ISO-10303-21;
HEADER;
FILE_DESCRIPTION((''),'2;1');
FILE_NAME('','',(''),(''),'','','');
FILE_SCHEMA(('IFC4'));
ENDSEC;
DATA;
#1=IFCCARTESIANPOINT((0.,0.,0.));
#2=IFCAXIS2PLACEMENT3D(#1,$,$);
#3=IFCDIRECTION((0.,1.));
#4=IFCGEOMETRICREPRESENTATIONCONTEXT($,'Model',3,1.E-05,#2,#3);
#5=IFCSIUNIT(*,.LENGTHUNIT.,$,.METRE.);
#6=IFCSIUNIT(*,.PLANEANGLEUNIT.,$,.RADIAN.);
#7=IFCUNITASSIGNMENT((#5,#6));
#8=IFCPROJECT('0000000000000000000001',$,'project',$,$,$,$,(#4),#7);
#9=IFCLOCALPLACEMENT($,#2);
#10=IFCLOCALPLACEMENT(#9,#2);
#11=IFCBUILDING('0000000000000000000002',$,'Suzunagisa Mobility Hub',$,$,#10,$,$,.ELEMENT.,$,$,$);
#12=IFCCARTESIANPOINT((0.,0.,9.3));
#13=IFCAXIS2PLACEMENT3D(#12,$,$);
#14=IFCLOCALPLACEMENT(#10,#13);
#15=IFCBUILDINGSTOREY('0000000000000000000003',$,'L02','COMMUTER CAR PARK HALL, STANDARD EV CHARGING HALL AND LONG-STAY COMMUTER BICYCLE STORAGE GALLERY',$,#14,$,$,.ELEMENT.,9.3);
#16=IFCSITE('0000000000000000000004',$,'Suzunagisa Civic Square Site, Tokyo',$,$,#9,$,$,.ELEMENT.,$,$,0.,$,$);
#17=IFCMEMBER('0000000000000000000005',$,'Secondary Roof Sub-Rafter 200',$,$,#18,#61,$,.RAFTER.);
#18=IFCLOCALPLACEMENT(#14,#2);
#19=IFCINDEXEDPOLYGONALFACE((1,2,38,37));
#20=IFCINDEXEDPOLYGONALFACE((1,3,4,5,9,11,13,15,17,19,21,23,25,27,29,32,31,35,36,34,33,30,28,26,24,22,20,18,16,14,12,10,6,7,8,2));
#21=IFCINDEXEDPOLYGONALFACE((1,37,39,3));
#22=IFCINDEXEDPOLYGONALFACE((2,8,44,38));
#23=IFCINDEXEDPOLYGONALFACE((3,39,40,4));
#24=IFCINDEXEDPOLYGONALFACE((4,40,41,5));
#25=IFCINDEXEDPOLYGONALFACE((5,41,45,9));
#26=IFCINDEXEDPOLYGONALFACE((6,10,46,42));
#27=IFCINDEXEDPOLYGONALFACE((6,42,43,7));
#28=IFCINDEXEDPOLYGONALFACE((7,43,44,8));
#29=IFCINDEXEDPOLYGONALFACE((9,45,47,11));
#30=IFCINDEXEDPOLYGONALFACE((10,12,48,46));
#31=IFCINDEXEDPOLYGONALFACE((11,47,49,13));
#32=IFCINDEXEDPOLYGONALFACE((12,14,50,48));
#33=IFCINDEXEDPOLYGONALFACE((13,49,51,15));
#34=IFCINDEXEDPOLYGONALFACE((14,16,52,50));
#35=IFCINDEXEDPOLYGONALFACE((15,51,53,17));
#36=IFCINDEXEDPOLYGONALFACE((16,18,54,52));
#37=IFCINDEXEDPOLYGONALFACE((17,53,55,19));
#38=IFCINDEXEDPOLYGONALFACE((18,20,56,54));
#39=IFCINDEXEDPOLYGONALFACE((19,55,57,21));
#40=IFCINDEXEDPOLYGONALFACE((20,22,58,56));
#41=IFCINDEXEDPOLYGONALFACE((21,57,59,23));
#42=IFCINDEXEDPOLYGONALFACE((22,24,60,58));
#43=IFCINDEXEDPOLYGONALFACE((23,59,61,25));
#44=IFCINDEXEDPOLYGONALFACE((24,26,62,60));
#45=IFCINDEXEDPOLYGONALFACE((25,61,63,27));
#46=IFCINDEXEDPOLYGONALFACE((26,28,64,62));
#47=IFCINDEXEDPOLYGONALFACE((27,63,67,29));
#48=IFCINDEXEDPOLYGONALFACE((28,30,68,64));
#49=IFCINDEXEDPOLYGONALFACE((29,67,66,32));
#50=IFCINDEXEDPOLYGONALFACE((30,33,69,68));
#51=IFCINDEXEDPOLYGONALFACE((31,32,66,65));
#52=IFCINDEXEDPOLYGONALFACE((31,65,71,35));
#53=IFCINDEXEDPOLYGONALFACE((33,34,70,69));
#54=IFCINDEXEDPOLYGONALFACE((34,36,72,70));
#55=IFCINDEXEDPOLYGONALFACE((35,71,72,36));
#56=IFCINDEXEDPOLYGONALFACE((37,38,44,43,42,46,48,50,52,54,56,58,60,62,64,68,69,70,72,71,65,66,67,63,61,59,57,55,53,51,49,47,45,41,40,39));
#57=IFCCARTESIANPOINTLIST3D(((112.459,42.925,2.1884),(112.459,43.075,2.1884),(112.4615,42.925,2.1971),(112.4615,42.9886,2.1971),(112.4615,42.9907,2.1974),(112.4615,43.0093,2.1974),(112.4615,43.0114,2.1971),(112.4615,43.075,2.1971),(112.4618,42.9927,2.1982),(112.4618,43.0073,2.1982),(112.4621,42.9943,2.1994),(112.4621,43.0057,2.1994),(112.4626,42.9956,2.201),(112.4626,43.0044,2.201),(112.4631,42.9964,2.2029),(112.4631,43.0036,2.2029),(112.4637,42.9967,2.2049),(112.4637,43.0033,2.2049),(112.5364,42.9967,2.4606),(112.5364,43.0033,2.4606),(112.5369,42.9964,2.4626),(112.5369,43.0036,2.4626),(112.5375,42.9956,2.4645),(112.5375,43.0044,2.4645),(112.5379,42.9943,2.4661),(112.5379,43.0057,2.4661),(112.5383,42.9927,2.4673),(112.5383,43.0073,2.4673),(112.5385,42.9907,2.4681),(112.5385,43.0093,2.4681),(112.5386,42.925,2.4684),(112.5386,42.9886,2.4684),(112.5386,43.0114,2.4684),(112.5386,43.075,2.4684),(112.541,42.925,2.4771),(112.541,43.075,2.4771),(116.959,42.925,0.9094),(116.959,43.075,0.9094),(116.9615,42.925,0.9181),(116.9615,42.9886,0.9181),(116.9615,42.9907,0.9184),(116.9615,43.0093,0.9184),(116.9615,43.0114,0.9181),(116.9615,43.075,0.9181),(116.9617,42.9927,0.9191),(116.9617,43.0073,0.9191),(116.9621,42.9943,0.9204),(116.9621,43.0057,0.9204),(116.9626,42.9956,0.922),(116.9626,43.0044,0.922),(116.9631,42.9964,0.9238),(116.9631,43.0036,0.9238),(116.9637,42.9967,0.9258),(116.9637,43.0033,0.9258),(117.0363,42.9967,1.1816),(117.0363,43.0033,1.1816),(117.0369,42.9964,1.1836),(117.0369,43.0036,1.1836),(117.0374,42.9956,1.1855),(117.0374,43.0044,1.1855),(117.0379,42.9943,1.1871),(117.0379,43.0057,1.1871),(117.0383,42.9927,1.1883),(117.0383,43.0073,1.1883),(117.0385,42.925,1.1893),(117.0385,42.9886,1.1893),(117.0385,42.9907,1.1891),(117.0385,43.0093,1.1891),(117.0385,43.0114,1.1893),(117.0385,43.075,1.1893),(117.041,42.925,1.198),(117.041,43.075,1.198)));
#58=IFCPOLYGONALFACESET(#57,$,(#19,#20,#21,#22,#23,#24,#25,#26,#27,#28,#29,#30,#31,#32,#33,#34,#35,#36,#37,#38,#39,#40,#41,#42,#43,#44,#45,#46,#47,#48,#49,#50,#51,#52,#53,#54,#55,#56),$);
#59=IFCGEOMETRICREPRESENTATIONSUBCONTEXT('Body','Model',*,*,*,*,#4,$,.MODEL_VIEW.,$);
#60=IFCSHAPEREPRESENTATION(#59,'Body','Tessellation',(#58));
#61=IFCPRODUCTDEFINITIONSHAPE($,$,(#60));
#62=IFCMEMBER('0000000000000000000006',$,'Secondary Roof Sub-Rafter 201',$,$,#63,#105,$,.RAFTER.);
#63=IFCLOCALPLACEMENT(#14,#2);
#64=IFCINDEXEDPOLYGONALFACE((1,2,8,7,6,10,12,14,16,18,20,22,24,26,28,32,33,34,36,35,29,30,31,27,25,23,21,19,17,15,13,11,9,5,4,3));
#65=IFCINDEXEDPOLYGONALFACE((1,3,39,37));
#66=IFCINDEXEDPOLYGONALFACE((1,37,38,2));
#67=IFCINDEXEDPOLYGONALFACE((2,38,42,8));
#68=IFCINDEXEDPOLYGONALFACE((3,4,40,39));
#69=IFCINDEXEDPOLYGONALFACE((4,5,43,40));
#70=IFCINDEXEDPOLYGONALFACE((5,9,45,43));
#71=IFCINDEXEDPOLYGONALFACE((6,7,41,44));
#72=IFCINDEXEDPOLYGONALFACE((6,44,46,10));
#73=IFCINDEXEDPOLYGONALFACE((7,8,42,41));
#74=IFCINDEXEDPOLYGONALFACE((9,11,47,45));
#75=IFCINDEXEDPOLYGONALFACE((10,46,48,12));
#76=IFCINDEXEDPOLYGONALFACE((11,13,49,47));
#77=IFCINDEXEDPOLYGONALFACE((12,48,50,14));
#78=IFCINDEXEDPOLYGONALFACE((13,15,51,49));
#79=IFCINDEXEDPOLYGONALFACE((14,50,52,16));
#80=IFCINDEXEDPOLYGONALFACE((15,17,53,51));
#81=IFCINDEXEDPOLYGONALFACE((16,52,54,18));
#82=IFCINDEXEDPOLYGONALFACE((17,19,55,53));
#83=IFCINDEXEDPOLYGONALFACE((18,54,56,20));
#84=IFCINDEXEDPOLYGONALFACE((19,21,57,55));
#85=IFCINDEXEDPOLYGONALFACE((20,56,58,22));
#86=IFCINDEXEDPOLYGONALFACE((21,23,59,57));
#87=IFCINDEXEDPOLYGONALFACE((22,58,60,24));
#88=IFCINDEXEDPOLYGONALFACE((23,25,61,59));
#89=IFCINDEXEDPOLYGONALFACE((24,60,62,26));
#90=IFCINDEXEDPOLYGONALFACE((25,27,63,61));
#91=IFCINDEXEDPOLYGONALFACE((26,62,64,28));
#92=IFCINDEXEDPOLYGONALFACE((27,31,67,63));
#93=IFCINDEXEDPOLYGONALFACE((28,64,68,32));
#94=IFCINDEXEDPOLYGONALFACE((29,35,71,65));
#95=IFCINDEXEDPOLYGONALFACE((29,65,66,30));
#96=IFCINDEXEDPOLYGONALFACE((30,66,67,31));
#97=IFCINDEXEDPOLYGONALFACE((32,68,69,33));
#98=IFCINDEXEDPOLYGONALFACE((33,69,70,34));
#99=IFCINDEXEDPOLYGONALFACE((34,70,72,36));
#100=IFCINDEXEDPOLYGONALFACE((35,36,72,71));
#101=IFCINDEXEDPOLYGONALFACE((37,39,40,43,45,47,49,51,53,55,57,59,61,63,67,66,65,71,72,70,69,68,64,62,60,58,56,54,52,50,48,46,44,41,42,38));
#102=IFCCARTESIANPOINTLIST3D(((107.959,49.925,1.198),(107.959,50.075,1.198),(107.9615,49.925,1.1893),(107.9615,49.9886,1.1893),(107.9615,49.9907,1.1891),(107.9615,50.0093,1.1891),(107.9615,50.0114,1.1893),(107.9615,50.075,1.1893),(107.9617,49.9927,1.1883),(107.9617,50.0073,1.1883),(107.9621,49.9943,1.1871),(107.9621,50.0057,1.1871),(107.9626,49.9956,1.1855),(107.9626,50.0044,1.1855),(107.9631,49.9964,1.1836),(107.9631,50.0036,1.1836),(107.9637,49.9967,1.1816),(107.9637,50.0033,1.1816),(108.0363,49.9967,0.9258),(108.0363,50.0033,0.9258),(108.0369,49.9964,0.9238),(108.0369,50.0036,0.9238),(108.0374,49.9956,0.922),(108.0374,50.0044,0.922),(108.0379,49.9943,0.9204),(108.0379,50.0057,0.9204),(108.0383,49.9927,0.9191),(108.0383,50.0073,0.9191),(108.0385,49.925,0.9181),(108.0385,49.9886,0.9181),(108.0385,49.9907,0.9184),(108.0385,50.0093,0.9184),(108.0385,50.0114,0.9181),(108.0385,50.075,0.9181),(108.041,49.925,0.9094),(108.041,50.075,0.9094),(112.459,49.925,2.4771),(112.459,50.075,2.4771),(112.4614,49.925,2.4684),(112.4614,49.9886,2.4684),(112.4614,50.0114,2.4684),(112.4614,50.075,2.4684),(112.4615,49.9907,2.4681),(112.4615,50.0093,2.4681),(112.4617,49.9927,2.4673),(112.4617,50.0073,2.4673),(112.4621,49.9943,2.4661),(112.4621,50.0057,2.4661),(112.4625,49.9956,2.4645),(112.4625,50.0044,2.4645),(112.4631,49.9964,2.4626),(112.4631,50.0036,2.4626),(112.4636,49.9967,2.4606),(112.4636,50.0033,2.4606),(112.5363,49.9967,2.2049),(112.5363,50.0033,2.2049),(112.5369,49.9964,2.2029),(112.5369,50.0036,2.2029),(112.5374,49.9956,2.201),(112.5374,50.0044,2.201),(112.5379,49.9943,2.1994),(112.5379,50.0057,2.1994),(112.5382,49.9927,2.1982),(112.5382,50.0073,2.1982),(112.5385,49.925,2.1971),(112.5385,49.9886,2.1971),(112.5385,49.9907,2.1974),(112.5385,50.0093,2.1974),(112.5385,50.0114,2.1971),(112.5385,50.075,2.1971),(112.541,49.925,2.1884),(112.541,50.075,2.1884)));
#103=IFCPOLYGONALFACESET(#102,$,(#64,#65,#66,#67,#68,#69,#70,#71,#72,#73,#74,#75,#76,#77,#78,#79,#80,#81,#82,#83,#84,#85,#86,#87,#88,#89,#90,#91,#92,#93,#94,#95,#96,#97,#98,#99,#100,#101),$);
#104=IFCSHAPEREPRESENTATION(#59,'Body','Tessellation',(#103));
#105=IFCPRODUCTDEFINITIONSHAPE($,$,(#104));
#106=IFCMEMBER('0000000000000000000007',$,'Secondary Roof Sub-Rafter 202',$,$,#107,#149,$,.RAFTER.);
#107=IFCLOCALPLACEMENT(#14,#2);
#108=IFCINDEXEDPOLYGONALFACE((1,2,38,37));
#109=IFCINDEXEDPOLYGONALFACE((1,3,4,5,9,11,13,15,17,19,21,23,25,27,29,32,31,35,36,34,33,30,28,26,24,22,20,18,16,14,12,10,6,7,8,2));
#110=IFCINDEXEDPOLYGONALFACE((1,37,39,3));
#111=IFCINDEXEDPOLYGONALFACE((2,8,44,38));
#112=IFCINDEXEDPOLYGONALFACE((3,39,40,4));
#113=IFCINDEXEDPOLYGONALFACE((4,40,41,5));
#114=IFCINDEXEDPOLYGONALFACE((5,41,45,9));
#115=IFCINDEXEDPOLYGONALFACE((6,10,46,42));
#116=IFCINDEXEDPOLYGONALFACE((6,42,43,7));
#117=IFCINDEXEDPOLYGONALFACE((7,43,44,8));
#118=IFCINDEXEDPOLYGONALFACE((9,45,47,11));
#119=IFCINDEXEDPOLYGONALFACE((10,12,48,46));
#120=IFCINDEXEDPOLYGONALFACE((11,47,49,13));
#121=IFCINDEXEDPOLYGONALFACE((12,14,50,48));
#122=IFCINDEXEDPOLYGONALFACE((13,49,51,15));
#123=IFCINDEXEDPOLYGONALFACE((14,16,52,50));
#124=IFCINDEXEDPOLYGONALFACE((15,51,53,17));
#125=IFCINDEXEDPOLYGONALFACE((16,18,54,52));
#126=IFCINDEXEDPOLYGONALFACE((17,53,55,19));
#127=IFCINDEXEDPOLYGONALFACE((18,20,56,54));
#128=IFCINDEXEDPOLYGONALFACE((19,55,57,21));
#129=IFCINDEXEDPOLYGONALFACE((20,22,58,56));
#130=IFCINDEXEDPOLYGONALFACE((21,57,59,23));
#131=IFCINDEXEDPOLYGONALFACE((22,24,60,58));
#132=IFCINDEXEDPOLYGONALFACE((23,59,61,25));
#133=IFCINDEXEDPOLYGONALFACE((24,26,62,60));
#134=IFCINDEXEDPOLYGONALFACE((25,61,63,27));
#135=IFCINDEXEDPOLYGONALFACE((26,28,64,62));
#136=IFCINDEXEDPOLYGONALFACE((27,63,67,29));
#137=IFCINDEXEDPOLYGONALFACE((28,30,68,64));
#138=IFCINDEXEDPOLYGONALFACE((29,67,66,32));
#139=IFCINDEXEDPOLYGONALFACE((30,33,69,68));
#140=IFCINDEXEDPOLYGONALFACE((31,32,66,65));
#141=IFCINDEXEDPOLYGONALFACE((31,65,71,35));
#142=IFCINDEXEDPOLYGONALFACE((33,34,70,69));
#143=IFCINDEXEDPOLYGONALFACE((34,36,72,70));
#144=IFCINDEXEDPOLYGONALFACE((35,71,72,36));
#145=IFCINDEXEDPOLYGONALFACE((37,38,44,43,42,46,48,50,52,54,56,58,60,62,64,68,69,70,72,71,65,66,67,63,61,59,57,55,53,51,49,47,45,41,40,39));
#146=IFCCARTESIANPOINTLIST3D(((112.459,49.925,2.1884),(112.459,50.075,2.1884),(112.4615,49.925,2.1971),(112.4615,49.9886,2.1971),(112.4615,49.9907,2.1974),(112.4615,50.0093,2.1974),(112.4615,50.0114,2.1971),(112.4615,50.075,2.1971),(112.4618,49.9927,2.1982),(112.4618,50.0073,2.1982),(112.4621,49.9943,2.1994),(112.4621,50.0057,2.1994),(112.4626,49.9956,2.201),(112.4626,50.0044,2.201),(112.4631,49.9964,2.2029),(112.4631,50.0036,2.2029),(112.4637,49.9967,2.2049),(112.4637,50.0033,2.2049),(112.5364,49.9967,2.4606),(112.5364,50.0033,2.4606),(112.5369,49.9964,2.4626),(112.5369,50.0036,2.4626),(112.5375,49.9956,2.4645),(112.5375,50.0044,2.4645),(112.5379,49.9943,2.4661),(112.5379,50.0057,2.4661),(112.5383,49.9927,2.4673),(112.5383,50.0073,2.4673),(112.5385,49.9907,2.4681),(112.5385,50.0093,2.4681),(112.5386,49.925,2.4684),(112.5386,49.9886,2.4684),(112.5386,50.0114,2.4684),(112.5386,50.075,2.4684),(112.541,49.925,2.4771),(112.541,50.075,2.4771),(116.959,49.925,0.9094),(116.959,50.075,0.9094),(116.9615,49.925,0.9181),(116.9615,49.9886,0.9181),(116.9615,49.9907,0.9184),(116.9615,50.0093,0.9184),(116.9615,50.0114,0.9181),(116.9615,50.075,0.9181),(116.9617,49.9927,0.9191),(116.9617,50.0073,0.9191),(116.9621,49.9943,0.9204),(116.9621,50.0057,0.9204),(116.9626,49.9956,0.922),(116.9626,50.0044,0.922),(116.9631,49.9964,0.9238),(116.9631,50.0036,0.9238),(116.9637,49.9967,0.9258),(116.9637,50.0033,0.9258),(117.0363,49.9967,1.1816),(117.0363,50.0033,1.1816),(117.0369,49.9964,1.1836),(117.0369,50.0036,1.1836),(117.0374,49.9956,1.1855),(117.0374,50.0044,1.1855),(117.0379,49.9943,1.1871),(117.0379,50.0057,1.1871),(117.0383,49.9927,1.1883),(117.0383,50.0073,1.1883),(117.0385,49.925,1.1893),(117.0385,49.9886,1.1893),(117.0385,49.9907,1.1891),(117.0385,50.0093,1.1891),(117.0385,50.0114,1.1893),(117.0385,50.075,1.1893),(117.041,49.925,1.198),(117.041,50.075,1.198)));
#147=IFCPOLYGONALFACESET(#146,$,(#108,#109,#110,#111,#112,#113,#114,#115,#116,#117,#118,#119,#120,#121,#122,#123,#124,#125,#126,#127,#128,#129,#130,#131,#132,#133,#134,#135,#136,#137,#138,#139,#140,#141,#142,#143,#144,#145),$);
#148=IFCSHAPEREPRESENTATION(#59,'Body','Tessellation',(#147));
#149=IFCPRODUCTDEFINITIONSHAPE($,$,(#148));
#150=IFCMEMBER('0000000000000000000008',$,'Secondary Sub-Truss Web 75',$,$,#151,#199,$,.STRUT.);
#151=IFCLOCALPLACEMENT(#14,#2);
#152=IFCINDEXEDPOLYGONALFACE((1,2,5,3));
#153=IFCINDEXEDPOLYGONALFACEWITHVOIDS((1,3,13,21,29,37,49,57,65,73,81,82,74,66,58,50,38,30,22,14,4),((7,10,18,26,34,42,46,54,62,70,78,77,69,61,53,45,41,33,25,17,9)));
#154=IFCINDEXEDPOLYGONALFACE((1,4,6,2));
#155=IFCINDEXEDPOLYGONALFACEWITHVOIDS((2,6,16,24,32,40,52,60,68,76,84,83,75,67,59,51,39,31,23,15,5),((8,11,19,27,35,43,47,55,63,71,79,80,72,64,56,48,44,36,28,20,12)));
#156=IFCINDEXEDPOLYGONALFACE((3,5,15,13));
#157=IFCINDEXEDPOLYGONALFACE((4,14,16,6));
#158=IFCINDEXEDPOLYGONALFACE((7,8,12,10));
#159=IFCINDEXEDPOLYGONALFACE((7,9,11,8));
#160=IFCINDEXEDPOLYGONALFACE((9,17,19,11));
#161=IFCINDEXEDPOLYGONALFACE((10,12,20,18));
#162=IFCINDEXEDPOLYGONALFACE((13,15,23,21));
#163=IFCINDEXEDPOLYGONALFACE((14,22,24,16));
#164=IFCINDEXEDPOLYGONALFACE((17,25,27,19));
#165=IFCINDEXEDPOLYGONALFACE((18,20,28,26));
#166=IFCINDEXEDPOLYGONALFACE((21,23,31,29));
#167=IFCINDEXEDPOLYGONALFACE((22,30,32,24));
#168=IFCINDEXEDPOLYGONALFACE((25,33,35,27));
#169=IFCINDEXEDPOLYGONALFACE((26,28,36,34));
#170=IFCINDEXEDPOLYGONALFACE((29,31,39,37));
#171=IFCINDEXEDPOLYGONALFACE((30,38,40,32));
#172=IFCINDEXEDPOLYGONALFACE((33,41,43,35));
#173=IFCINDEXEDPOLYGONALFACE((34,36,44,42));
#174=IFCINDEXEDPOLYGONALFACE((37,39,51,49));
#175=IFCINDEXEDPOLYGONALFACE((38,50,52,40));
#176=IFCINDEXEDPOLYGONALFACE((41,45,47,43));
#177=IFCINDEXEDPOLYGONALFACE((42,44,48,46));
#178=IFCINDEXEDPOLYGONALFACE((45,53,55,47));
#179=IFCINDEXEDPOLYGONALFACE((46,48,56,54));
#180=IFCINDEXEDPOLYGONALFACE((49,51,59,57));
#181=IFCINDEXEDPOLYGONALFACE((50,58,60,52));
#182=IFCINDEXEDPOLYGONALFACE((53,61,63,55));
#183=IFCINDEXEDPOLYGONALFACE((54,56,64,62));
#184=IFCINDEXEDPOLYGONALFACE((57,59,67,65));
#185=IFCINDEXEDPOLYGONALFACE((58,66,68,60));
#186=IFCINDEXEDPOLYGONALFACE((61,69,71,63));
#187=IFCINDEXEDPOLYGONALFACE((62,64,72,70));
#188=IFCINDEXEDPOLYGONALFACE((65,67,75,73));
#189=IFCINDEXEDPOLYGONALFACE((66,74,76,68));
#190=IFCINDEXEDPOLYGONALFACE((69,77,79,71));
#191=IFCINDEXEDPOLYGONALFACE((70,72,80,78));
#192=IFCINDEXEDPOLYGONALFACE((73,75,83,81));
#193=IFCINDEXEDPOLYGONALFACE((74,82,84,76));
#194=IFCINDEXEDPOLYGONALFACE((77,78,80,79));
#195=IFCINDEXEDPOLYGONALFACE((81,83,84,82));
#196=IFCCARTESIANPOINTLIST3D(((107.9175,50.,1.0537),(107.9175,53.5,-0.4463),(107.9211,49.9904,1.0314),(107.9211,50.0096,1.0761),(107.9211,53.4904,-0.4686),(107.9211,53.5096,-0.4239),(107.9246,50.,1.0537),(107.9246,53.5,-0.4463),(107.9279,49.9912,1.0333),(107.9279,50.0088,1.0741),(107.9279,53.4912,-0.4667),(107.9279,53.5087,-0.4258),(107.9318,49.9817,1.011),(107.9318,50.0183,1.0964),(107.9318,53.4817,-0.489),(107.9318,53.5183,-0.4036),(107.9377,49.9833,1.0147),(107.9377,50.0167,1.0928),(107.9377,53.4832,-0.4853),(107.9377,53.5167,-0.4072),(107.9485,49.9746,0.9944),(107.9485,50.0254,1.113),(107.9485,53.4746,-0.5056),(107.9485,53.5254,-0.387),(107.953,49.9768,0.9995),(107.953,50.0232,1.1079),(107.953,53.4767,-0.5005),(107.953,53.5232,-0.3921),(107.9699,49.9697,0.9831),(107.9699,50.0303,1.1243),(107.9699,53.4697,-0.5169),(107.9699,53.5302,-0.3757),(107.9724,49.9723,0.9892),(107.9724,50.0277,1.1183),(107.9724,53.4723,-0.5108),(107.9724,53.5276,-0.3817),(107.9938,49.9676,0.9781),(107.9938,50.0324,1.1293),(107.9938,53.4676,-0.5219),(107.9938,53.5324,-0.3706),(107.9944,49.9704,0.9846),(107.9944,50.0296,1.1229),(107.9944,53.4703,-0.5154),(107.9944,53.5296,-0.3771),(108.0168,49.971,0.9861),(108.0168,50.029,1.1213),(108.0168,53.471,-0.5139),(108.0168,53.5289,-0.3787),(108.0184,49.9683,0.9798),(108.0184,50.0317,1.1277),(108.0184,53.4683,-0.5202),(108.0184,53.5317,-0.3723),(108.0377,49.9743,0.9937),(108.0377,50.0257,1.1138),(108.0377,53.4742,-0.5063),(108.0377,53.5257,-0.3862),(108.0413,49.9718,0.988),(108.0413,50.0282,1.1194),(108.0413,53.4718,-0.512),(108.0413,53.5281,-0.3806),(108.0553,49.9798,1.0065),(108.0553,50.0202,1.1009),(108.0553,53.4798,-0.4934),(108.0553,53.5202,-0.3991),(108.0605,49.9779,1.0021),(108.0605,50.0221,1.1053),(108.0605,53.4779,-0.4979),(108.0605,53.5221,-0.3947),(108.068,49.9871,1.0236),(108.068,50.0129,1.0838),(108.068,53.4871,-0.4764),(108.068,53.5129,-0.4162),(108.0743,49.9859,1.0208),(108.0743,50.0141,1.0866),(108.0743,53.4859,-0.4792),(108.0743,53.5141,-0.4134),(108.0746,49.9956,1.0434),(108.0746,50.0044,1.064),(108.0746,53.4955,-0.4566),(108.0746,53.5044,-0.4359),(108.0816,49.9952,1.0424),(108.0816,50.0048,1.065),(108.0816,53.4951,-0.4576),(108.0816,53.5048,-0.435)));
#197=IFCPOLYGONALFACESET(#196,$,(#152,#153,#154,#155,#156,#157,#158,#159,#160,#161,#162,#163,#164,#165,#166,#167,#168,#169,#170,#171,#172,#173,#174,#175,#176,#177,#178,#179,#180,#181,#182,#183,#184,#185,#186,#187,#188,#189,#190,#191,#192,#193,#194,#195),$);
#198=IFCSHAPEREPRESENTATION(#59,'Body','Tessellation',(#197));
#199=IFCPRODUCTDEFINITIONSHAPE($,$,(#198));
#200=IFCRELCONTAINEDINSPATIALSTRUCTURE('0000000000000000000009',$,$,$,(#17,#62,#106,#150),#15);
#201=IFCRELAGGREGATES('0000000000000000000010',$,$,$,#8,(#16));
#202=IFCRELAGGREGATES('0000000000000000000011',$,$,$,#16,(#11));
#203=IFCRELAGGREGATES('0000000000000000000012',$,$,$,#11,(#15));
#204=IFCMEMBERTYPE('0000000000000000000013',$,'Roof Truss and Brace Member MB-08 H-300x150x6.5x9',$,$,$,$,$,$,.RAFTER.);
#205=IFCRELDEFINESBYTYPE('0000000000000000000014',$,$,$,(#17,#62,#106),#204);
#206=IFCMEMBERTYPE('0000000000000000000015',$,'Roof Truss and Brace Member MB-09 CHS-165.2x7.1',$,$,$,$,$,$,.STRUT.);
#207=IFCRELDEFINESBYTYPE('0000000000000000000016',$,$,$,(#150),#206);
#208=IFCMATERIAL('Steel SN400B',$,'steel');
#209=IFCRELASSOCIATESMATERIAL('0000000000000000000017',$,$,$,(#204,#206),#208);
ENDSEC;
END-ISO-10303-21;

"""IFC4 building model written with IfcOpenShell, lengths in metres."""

from ifc_helpers import new_model, si_unit, direction, frame, origin, origin_2d, place, context, subcontext, project, spatial, hollow_circle, i_section, extrude, material, material_profile, profile_set, type_object, element, save


model = new_model("IFC4")

# Units and contexts
model_context = context("Model", 3, precision=1e-05, world=origin(), true_north=direction((0.0, 1.0)))
body_context = subcontext(model_context, "Body", "Model", "MODEL_VIEW")
ifc_project = project(units=[si_unit("LENGTHUNIT", "METRE"), si_unit("PLANEANGLEUNIT", "RADIAN")], contexts=[model_context])

# Site, building, storey
site_placement = place(None, origin())
site = spatial("IfcSite", under=ifc_project, at=site_placement, Name="Suzunagisa Civic Square Site, Tokyo", CompositionType="ELEMENT", RefElevation=0.0)
building_placement = place(site_placement, origin())
building = spatial("IfcBuilding", under=site, at=building_placement, Name="Suzunagisa Mobility Hub", CompositionType="ELEMENT")
storey_placement = place(building_placement, frame((0.0, 0.0, 9.3)))
storey = spatial("IfcBuildingStorey", under=building, at=storey_placement, Name="L02", Description="COMMUTER CAR PARK HALL, STANDARD EV CHARGING HALL AND LONG-STAY COMMUTER BICYCLE STORAGE GALLERY", CompositionType="ELEMENT", Elevation=9.3)

# Members
ifc_material_1 = material(Name="Steel SN400B", Category="steel")
ifc_material_profile_1 = material_profile(ifc_material_1, i_section(OverallWidth=0.1499, OverallDepth=0.3, WebThickness=0.0066, FlangeThickness=0.009, FilletRadius=0.0081, at=origin_2d()), Name="H-300x150x6.5x9")
ifc_profile_set_1 = profile_set([ifc_material_profile_1], Name="Steel SN400B")
member_type_1 = type_object("IfcMemberType", Name="Roof Truss and Brace Member MB-08 H-300x150x6.5x9", PredefinedType="RAFTER", material=ifc_profile_set_1)
for number, where, z_axis, x_axis, name in (
    (1, (117.0, 43.0, 1.0537), (-0.961899, 0.0, 0.273404), (0.0, -1.0, 0.0), "Secondary Roof Sub-Rafter 200"),
    (2, (108.0, 50.0, 1.0537), (0.961899, 0.0, 0.273404), (0.0, 1.0, 0.0), "Secondary Roof Sub-Rafter 201"),
    (3, (117.0, 50.0, 1.0537), (-0.961899, 0.0, 0.273404), (0.0, -1.0, 0.0), "Secondary Roof Sub-Rafter 202"),
):
    element("IfcMember", number, at=place(storey_placement, frame(where, z_axis=z_axis, x_axis=x_axis)), inside=storey, type_object=member_type_1, Name=name, PredefinedType="RAFTER", context=body_context, shape_type="SweptSolid", body=[
        extrude(i_section(OverallWidth=0.1499, OverallDepth=0.3, WebThickness=0.0066, FlangeThickness=0.009, FilletRadius=0.0081, at=origin_2d()), origin(), (0.0, 0.0, 1.0), 4.6782),
    ])
ifc_material_profile_2 = material_profile(ifc_material_1, hollow_circle(Radius=0.0825, WallThickness=0.0071, at=origin_2d()), Name="CHS-165.2x7.1")
ifc_profile_set_2 = profile_set([ifc_material_profile_2], Name="Steel SN400B")
member_type_2 = type_object("IfcMemberType", Name="Roof Truss and Brace Member MB-09 CHS-165.2x7.1", PredefinedType="STRUT", material=ifc_profile_set_2)
for number, where, z_axis, x_axis, name in (
    (4, (108.0, 50.0, 1.0537), (0.0, 0.919145, -0.393919), (-1.0, 0.0, 0.0), "Secondary Sub-Truss Web 75"),
):
    element("IfcMember", number, at=place(storey_placement, frame(where, z_axis=z_axis, x_axis=x_axis)), inside=storey, type_object=member_type_2, Name=name, PredefinedType="STRUT", context=body_context, shape_type="SweptSolid", body=[
        extrude(hollow_circle(Radius=0.0825, WallThickness=0.0071, at=origin_2d()), origin(), (0.0, 0.0, 1.0), 3.8079),
    ])

save(model, "model.ifc")
